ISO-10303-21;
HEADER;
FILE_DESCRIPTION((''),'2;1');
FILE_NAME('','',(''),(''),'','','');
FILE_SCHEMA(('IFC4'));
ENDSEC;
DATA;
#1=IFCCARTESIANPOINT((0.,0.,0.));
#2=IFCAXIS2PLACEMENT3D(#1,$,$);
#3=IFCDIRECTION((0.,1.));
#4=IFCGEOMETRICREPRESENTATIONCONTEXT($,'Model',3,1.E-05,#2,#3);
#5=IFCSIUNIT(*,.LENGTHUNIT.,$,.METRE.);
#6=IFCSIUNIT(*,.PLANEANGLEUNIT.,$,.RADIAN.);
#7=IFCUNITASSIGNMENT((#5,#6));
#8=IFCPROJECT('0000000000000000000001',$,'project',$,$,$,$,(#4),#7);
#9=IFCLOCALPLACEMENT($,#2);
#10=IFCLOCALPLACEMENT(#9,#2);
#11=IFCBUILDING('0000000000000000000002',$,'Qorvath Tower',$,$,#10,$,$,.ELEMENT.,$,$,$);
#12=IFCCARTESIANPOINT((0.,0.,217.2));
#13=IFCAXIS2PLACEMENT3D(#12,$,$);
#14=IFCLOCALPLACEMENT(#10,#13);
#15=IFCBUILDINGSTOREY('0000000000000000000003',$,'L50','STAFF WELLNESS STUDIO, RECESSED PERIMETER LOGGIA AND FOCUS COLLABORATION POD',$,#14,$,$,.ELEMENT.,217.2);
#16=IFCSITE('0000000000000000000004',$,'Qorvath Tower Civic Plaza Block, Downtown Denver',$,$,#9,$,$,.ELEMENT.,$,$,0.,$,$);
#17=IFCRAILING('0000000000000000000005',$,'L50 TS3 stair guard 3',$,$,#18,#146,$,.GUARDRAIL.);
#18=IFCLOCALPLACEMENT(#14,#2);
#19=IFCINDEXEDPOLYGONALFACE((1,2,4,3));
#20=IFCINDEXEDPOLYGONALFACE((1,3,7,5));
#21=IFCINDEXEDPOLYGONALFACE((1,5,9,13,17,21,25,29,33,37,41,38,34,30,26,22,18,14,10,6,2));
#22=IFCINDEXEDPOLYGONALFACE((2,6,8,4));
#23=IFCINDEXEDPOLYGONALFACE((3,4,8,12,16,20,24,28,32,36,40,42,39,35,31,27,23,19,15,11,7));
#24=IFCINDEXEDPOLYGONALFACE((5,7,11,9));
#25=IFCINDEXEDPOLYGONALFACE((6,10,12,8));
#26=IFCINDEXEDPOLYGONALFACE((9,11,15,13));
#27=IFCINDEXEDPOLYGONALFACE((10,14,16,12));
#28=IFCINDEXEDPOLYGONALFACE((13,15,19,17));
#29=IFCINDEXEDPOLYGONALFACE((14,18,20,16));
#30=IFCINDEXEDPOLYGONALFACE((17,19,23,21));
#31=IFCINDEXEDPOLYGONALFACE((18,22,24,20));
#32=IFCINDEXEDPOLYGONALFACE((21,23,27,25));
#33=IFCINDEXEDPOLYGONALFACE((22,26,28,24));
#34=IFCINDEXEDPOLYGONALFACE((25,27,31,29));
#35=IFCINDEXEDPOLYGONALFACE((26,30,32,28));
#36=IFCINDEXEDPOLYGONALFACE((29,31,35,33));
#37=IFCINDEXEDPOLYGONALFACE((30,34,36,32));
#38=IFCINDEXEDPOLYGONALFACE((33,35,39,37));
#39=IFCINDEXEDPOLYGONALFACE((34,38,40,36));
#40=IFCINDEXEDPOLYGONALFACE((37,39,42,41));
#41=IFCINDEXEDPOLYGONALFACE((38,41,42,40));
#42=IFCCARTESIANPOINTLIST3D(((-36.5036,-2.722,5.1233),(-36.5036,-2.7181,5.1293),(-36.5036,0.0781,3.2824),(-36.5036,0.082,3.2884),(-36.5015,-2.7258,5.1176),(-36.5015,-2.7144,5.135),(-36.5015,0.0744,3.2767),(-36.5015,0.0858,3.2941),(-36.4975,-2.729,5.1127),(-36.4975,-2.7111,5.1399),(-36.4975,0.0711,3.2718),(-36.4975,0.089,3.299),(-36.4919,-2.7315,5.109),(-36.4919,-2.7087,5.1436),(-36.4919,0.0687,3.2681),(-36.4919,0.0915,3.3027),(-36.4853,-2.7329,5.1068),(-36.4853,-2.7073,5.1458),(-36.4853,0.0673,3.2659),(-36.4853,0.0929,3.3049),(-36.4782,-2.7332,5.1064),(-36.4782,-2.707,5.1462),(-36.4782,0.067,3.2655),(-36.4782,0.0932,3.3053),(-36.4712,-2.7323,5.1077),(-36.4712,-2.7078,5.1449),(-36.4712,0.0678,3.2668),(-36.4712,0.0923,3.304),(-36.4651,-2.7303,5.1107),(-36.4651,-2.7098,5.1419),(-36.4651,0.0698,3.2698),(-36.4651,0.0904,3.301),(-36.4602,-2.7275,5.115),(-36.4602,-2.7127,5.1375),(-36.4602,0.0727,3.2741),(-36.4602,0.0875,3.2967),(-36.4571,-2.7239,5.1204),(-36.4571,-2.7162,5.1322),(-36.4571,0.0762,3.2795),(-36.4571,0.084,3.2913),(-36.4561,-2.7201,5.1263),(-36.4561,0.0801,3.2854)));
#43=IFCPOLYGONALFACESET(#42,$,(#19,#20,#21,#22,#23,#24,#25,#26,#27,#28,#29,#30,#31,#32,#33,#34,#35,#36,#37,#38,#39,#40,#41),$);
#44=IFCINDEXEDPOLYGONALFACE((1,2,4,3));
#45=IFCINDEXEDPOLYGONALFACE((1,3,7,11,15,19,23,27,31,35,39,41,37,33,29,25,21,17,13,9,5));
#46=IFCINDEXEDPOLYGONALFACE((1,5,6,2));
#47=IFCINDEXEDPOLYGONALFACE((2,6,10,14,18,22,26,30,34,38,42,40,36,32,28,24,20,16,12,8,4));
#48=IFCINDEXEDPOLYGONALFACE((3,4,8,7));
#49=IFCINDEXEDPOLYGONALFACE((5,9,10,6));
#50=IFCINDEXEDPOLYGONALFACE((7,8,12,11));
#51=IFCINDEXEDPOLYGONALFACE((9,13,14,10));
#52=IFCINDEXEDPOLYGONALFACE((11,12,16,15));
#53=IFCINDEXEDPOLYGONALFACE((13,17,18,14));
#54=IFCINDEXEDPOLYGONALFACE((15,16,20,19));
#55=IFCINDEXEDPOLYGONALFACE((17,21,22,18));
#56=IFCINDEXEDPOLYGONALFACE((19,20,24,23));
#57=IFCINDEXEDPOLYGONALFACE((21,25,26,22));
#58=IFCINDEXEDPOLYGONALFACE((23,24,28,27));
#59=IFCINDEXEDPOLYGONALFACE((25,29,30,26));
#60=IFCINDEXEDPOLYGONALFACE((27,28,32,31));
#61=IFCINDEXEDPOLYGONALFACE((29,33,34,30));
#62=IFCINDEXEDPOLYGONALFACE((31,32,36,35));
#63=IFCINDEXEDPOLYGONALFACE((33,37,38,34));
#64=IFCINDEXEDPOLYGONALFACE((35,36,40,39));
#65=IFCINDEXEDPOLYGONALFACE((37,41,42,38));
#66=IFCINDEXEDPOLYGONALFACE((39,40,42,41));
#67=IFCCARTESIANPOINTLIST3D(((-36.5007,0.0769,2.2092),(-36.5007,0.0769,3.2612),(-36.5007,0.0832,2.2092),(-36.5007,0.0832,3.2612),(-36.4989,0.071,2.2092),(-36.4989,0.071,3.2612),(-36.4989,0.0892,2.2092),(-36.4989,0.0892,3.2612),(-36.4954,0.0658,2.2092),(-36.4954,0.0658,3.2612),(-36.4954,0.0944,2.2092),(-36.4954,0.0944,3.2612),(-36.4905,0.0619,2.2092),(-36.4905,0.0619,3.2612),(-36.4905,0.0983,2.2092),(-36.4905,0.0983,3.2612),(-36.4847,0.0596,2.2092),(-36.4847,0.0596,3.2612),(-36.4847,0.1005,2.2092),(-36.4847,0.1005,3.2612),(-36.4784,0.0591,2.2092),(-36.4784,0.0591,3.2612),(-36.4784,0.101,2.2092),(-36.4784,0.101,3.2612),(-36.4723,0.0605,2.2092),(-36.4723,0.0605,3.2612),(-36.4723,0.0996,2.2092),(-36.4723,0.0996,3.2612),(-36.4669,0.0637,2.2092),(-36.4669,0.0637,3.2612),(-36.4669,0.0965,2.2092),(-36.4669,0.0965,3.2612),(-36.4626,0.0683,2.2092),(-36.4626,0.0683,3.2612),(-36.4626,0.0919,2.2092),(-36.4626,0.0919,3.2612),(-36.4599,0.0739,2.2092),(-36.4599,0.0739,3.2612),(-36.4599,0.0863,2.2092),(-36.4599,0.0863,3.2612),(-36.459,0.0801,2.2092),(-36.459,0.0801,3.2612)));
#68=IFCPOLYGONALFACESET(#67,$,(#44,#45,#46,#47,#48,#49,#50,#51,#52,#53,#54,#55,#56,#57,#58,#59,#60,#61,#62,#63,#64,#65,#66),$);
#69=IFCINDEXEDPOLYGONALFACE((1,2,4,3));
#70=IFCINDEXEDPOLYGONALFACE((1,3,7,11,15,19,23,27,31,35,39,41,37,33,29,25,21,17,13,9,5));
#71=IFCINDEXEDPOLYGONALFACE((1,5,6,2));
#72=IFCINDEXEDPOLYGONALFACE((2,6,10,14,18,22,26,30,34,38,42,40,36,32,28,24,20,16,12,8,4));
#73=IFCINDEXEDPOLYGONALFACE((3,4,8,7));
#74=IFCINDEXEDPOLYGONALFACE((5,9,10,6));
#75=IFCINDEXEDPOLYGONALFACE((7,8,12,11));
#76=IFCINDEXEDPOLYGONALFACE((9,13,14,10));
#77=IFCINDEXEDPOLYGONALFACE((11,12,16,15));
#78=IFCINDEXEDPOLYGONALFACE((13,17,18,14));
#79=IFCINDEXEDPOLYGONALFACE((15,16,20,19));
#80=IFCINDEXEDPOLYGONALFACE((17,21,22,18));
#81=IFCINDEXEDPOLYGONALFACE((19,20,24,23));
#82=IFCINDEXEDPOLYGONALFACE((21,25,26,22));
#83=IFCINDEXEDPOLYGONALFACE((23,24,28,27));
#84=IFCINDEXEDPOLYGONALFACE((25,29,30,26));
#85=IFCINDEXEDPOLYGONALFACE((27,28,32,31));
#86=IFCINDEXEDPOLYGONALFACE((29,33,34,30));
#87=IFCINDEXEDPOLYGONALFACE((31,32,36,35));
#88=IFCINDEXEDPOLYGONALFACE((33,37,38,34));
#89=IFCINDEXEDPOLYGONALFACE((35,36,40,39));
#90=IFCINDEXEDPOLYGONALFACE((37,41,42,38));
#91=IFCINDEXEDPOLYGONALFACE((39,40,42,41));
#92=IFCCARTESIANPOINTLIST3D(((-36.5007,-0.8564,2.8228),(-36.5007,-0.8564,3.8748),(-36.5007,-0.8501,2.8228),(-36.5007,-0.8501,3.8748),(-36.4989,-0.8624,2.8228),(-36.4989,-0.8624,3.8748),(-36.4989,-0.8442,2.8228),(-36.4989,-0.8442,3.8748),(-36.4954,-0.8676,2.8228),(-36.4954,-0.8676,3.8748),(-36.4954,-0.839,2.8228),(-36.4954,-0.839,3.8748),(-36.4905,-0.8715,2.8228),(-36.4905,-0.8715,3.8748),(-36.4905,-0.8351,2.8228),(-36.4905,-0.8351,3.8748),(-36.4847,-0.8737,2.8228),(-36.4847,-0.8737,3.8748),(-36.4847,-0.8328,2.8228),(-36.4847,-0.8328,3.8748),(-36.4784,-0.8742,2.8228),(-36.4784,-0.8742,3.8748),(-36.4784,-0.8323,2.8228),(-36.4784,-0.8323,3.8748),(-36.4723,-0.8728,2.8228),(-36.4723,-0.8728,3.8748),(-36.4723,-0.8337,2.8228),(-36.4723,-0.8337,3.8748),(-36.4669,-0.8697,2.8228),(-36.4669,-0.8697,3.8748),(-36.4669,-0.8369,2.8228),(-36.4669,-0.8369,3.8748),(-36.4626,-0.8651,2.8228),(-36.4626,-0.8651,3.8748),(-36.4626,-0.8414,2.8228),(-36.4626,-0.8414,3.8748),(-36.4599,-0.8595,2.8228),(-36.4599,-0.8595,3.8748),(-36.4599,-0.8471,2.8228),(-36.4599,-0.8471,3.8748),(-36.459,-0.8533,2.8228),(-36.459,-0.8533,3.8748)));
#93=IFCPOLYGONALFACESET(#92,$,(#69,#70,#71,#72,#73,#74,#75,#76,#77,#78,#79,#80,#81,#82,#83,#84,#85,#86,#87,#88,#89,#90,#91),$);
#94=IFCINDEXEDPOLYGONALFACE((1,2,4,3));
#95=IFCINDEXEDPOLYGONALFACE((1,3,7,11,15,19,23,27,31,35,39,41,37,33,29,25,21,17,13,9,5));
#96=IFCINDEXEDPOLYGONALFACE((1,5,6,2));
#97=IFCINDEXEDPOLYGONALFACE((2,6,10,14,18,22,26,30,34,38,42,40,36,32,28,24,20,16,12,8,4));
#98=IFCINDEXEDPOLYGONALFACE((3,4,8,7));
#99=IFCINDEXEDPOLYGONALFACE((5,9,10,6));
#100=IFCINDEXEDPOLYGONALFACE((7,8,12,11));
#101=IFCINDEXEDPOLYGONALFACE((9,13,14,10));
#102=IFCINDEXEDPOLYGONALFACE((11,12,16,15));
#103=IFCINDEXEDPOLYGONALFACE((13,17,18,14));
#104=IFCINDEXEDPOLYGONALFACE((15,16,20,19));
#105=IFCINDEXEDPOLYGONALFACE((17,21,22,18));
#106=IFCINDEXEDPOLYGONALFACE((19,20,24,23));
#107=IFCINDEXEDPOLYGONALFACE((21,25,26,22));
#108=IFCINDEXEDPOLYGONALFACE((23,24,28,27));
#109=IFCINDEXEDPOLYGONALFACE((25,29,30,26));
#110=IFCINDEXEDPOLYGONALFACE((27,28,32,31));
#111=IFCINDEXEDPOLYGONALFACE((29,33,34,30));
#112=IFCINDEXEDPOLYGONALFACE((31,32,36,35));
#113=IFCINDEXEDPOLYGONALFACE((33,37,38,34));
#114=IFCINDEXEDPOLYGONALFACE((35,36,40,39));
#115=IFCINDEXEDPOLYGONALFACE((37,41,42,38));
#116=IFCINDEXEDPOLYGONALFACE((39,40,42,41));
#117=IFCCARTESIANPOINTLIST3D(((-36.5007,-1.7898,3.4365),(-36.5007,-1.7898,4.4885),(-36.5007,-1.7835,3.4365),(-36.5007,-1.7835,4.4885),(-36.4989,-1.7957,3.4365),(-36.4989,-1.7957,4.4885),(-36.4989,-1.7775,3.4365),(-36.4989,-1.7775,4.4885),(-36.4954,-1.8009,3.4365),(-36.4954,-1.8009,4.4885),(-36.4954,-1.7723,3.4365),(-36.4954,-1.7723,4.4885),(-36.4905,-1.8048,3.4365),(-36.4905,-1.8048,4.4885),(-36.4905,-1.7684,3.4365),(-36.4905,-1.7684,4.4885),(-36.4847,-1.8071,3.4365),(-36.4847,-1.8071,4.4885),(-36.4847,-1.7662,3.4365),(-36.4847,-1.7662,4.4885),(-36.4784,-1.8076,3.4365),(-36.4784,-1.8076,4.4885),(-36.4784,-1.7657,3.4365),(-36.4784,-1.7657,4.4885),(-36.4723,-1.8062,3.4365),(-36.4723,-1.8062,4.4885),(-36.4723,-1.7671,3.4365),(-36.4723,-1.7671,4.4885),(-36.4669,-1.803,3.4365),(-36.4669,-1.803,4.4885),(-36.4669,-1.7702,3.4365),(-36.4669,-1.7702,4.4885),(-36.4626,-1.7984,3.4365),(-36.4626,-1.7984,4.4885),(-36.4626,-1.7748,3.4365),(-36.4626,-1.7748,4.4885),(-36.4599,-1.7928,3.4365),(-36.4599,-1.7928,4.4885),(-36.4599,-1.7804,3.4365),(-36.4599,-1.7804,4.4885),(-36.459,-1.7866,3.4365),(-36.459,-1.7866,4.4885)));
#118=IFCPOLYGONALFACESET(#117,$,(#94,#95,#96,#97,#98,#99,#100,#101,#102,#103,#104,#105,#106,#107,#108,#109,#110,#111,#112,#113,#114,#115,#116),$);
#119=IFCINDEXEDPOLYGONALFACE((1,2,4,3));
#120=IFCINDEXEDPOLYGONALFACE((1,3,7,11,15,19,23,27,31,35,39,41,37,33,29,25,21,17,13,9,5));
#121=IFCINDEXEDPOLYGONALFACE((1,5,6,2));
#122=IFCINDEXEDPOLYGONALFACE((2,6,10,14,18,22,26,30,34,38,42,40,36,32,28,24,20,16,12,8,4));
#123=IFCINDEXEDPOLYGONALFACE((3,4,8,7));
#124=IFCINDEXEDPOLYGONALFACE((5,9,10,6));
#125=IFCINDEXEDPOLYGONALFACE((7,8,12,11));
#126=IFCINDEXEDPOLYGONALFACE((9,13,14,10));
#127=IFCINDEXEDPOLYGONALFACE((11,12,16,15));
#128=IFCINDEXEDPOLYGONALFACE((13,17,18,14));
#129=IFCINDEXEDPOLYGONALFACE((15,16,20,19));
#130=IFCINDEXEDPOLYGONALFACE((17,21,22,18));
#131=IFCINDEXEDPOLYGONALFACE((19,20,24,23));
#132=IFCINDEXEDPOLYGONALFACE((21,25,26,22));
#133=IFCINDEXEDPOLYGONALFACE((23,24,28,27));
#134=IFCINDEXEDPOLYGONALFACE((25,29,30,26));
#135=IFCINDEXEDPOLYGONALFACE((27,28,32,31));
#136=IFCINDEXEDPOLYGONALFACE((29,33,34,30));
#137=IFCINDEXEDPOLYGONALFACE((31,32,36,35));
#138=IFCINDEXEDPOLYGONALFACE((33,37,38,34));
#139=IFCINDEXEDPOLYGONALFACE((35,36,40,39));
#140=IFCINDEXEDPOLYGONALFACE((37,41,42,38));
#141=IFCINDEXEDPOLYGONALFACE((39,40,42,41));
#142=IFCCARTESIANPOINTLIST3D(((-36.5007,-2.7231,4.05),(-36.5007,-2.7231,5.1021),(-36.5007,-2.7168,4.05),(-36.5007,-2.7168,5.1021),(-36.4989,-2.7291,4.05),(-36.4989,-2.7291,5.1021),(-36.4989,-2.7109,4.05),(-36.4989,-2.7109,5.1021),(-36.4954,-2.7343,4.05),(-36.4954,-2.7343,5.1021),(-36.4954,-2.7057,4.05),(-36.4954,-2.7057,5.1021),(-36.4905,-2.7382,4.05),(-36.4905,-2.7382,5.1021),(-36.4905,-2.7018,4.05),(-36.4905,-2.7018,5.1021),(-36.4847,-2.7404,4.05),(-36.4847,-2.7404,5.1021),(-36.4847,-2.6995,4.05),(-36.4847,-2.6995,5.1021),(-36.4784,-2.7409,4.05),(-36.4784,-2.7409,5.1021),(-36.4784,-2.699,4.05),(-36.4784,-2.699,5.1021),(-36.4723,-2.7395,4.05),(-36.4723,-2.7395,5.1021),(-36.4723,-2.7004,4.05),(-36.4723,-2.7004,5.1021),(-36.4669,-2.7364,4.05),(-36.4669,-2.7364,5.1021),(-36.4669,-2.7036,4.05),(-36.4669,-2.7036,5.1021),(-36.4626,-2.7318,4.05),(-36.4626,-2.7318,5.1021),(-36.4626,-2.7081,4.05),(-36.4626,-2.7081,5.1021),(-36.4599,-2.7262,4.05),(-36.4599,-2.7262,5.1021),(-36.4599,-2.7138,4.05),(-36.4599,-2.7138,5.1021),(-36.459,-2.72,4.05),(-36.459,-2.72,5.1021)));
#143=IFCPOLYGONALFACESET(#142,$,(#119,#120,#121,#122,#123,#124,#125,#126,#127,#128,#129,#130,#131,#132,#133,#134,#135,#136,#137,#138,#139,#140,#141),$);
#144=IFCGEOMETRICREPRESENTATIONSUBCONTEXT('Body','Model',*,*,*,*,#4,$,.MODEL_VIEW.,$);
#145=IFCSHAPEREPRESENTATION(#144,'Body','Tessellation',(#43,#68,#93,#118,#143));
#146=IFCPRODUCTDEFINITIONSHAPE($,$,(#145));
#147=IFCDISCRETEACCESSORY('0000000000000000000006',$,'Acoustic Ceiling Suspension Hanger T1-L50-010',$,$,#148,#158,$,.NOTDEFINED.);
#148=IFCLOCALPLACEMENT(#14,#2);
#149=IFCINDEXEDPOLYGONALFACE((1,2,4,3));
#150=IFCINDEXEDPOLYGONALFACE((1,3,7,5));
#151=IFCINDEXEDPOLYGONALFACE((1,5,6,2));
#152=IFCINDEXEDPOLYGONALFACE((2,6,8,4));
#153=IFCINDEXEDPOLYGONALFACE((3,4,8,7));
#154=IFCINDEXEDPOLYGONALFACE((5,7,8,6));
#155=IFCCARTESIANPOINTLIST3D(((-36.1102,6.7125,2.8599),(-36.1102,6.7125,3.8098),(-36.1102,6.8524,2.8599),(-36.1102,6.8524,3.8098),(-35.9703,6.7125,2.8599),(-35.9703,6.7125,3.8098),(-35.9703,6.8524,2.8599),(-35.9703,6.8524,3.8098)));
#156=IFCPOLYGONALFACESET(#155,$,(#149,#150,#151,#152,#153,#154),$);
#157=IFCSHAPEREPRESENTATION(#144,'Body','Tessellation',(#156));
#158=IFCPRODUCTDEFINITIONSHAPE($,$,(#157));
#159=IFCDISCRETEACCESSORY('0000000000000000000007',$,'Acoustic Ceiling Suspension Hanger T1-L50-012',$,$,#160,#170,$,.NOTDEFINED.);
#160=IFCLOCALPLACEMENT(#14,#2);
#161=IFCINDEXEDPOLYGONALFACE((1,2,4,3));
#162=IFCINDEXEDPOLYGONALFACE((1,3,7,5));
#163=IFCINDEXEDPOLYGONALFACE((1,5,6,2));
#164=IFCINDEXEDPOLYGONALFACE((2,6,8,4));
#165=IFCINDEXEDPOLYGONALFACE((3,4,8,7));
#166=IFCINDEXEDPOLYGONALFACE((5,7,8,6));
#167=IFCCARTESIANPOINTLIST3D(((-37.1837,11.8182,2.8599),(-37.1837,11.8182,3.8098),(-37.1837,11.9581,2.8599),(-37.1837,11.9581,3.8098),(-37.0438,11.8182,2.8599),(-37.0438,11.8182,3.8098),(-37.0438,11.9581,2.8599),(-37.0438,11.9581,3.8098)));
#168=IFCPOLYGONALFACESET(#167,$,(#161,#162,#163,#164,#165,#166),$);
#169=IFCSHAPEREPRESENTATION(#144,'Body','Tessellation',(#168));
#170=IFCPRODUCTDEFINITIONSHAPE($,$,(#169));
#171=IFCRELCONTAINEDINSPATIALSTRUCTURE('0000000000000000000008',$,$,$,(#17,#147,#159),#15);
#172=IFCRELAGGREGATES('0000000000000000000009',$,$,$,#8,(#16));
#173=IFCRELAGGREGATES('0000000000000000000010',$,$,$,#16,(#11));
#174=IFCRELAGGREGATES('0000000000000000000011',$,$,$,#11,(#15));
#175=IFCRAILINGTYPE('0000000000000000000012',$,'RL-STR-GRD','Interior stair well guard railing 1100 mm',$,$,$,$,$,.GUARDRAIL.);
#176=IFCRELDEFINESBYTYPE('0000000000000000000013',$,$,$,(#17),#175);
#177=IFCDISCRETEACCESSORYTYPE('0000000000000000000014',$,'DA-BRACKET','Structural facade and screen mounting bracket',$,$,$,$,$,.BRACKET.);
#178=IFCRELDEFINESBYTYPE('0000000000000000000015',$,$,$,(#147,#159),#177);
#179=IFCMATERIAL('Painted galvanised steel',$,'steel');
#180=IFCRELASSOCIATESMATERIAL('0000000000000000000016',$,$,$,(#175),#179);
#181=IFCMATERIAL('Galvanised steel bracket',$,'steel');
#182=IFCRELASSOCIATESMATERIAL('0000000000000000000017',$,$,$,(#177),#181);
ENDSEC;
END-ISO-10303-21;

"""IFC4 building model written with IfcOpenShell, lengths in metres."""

from ifc_helpers import new_model, si_unit, direction, frame, origin, origin_2d, place, context, subcontext, project, spatial, rectangle, circle, extrude, material, type_object, element, save


model = new_model("IFC4")

# Units and contexts
model_context = context("Model", 3, precision=1e-05, world=origin(), true_north=direction((0.0, 1.0)))
body_context = subcontext(model_context, "Body", "Model", "MODEL_VIEW")
ifc_project = project(units=[si_unit("LENGTHUNIT", "METRE"), si_unit("PLANEANGLEUNIT", "RADIAN")], contexts=[model_context])

# Site, building, storey
site_placement = place(None, origin())
site = spatial("IfcSite", under=ifc_project, at=site_placement, Name="Qorvath Tower Civic Plaza Block, Downtown Denver", CompositionType="ELEMENT", RefElevation=0.0)
building_placement = place(site_placement, origin())
building = spatial("IfcBuilding", under=site, at=building_placement, Name="Qorvath Tower", CompositionType="ELEMENT")
storey_placement = place(building_placement, frame((0.0, 0.0, 217.2)))
storey = spatial("IfcBuildingStorey", under=building, at=storey_placement, Name="L50", Description="STAFF WELLNESS STUDIO, RECESSED PERIMETER LOGGIA AND FOCUS COLLABORATION POD", CompositionType="ELEMENT", Elevation=217.2)

# Railing
ifc_material_1 = material(Name="Painted galvanised steel", Category="steel")
railing_type = type_object("IfcRailingType", Name="RL-STR-GRD", Description="Interior stair well guard railing 1100 mm", PredefinedType="GUARDRAIL", material=ifc_material_1)
railing_1_placement = place(storey_placement, frame((-36.48, 0.0801, 2.2092)))
element("IfcRailing", 1, at=railing_1_placement, inside=storey, type_object=railing_type, Name="L50 TS3 stair guard 3", PredefinedType="GUARDRAIL", context=body_context, shape_type="SweptSolid", body=[
    extrude(circle(Radius=0.0239, at=origin_2d()), frame((0.0, 0.0, 1.0762), z_axis=(0.0, -0.835598, 0.549342), x_axis=(1.0, 0.0, 0.0)), (0.0, 0.0, 1.0), 3.3511),
    extrude(circle(Radius=0.021, at=origin_2d()), origin(), (0.0, 0.0, 1.0), 1.052),
    extrude(circle(Radius=0.021, at=origin_2d()), frame((0.0, -0.9333, 0.6135)), (0.0, 0.0, 1.0), 1.052),
    extrude(circle(Radius=0.021, at=origin_2d()), frame((0.0, -1.8667, 1.2273)), (0.0, 0.0, 1.0), 1.052),
    extrude(circle(Radius=0.021, at=origin_2d()), frame((0.0, -2.8, 1.8408)), (0.0, 0.0, 1.0), 1.052),
])

# Discrete accessories
ifc_material_2 = material(Name="Galvanised steel bracket", Category="steel")
discrete_accessory_type = type_object("IfcDiscreteAccessoryType", Name="DA-BRACKET", Description="Structural facade and screen mounting bracket", PredefinedType="BRACKET", material=ifc_material_2)
for number, where, z_axis, x_axis, name in (
    (2, (-36.0403, 6.7825, 2.8599), (0.0, 0.0, 1.0), (1.0, 0.0, 0.0), "Acoustic Ceiling Suspension Hanger T1-L50-010"),
    (3, (-37.1138, 11.8882, 2.8599), (0.0, 0.0, 1.0), (1.0, 0.0, 0.0), "Acoustic Ceiling Suspension Hanger T1-L50-012"),
):
    element("IfcDiscreteAccessory", number, at=place(storey_placement, frame(where, z_axis=z_axis, x_axis=x_axis)), inside=storey, type_object=discrete_accessory_type, Name=name, PredefinedType="NOTDEFINED", context=body_context, shape_type="SweptSolid", body=[
        extrude(rectangle(XDim=0.1399, YDim=0.1399, at=origin_2d()), origin(), (0.0, 0.0, 1.0), 0.95),
    ])

save(model, "model.ifc")
